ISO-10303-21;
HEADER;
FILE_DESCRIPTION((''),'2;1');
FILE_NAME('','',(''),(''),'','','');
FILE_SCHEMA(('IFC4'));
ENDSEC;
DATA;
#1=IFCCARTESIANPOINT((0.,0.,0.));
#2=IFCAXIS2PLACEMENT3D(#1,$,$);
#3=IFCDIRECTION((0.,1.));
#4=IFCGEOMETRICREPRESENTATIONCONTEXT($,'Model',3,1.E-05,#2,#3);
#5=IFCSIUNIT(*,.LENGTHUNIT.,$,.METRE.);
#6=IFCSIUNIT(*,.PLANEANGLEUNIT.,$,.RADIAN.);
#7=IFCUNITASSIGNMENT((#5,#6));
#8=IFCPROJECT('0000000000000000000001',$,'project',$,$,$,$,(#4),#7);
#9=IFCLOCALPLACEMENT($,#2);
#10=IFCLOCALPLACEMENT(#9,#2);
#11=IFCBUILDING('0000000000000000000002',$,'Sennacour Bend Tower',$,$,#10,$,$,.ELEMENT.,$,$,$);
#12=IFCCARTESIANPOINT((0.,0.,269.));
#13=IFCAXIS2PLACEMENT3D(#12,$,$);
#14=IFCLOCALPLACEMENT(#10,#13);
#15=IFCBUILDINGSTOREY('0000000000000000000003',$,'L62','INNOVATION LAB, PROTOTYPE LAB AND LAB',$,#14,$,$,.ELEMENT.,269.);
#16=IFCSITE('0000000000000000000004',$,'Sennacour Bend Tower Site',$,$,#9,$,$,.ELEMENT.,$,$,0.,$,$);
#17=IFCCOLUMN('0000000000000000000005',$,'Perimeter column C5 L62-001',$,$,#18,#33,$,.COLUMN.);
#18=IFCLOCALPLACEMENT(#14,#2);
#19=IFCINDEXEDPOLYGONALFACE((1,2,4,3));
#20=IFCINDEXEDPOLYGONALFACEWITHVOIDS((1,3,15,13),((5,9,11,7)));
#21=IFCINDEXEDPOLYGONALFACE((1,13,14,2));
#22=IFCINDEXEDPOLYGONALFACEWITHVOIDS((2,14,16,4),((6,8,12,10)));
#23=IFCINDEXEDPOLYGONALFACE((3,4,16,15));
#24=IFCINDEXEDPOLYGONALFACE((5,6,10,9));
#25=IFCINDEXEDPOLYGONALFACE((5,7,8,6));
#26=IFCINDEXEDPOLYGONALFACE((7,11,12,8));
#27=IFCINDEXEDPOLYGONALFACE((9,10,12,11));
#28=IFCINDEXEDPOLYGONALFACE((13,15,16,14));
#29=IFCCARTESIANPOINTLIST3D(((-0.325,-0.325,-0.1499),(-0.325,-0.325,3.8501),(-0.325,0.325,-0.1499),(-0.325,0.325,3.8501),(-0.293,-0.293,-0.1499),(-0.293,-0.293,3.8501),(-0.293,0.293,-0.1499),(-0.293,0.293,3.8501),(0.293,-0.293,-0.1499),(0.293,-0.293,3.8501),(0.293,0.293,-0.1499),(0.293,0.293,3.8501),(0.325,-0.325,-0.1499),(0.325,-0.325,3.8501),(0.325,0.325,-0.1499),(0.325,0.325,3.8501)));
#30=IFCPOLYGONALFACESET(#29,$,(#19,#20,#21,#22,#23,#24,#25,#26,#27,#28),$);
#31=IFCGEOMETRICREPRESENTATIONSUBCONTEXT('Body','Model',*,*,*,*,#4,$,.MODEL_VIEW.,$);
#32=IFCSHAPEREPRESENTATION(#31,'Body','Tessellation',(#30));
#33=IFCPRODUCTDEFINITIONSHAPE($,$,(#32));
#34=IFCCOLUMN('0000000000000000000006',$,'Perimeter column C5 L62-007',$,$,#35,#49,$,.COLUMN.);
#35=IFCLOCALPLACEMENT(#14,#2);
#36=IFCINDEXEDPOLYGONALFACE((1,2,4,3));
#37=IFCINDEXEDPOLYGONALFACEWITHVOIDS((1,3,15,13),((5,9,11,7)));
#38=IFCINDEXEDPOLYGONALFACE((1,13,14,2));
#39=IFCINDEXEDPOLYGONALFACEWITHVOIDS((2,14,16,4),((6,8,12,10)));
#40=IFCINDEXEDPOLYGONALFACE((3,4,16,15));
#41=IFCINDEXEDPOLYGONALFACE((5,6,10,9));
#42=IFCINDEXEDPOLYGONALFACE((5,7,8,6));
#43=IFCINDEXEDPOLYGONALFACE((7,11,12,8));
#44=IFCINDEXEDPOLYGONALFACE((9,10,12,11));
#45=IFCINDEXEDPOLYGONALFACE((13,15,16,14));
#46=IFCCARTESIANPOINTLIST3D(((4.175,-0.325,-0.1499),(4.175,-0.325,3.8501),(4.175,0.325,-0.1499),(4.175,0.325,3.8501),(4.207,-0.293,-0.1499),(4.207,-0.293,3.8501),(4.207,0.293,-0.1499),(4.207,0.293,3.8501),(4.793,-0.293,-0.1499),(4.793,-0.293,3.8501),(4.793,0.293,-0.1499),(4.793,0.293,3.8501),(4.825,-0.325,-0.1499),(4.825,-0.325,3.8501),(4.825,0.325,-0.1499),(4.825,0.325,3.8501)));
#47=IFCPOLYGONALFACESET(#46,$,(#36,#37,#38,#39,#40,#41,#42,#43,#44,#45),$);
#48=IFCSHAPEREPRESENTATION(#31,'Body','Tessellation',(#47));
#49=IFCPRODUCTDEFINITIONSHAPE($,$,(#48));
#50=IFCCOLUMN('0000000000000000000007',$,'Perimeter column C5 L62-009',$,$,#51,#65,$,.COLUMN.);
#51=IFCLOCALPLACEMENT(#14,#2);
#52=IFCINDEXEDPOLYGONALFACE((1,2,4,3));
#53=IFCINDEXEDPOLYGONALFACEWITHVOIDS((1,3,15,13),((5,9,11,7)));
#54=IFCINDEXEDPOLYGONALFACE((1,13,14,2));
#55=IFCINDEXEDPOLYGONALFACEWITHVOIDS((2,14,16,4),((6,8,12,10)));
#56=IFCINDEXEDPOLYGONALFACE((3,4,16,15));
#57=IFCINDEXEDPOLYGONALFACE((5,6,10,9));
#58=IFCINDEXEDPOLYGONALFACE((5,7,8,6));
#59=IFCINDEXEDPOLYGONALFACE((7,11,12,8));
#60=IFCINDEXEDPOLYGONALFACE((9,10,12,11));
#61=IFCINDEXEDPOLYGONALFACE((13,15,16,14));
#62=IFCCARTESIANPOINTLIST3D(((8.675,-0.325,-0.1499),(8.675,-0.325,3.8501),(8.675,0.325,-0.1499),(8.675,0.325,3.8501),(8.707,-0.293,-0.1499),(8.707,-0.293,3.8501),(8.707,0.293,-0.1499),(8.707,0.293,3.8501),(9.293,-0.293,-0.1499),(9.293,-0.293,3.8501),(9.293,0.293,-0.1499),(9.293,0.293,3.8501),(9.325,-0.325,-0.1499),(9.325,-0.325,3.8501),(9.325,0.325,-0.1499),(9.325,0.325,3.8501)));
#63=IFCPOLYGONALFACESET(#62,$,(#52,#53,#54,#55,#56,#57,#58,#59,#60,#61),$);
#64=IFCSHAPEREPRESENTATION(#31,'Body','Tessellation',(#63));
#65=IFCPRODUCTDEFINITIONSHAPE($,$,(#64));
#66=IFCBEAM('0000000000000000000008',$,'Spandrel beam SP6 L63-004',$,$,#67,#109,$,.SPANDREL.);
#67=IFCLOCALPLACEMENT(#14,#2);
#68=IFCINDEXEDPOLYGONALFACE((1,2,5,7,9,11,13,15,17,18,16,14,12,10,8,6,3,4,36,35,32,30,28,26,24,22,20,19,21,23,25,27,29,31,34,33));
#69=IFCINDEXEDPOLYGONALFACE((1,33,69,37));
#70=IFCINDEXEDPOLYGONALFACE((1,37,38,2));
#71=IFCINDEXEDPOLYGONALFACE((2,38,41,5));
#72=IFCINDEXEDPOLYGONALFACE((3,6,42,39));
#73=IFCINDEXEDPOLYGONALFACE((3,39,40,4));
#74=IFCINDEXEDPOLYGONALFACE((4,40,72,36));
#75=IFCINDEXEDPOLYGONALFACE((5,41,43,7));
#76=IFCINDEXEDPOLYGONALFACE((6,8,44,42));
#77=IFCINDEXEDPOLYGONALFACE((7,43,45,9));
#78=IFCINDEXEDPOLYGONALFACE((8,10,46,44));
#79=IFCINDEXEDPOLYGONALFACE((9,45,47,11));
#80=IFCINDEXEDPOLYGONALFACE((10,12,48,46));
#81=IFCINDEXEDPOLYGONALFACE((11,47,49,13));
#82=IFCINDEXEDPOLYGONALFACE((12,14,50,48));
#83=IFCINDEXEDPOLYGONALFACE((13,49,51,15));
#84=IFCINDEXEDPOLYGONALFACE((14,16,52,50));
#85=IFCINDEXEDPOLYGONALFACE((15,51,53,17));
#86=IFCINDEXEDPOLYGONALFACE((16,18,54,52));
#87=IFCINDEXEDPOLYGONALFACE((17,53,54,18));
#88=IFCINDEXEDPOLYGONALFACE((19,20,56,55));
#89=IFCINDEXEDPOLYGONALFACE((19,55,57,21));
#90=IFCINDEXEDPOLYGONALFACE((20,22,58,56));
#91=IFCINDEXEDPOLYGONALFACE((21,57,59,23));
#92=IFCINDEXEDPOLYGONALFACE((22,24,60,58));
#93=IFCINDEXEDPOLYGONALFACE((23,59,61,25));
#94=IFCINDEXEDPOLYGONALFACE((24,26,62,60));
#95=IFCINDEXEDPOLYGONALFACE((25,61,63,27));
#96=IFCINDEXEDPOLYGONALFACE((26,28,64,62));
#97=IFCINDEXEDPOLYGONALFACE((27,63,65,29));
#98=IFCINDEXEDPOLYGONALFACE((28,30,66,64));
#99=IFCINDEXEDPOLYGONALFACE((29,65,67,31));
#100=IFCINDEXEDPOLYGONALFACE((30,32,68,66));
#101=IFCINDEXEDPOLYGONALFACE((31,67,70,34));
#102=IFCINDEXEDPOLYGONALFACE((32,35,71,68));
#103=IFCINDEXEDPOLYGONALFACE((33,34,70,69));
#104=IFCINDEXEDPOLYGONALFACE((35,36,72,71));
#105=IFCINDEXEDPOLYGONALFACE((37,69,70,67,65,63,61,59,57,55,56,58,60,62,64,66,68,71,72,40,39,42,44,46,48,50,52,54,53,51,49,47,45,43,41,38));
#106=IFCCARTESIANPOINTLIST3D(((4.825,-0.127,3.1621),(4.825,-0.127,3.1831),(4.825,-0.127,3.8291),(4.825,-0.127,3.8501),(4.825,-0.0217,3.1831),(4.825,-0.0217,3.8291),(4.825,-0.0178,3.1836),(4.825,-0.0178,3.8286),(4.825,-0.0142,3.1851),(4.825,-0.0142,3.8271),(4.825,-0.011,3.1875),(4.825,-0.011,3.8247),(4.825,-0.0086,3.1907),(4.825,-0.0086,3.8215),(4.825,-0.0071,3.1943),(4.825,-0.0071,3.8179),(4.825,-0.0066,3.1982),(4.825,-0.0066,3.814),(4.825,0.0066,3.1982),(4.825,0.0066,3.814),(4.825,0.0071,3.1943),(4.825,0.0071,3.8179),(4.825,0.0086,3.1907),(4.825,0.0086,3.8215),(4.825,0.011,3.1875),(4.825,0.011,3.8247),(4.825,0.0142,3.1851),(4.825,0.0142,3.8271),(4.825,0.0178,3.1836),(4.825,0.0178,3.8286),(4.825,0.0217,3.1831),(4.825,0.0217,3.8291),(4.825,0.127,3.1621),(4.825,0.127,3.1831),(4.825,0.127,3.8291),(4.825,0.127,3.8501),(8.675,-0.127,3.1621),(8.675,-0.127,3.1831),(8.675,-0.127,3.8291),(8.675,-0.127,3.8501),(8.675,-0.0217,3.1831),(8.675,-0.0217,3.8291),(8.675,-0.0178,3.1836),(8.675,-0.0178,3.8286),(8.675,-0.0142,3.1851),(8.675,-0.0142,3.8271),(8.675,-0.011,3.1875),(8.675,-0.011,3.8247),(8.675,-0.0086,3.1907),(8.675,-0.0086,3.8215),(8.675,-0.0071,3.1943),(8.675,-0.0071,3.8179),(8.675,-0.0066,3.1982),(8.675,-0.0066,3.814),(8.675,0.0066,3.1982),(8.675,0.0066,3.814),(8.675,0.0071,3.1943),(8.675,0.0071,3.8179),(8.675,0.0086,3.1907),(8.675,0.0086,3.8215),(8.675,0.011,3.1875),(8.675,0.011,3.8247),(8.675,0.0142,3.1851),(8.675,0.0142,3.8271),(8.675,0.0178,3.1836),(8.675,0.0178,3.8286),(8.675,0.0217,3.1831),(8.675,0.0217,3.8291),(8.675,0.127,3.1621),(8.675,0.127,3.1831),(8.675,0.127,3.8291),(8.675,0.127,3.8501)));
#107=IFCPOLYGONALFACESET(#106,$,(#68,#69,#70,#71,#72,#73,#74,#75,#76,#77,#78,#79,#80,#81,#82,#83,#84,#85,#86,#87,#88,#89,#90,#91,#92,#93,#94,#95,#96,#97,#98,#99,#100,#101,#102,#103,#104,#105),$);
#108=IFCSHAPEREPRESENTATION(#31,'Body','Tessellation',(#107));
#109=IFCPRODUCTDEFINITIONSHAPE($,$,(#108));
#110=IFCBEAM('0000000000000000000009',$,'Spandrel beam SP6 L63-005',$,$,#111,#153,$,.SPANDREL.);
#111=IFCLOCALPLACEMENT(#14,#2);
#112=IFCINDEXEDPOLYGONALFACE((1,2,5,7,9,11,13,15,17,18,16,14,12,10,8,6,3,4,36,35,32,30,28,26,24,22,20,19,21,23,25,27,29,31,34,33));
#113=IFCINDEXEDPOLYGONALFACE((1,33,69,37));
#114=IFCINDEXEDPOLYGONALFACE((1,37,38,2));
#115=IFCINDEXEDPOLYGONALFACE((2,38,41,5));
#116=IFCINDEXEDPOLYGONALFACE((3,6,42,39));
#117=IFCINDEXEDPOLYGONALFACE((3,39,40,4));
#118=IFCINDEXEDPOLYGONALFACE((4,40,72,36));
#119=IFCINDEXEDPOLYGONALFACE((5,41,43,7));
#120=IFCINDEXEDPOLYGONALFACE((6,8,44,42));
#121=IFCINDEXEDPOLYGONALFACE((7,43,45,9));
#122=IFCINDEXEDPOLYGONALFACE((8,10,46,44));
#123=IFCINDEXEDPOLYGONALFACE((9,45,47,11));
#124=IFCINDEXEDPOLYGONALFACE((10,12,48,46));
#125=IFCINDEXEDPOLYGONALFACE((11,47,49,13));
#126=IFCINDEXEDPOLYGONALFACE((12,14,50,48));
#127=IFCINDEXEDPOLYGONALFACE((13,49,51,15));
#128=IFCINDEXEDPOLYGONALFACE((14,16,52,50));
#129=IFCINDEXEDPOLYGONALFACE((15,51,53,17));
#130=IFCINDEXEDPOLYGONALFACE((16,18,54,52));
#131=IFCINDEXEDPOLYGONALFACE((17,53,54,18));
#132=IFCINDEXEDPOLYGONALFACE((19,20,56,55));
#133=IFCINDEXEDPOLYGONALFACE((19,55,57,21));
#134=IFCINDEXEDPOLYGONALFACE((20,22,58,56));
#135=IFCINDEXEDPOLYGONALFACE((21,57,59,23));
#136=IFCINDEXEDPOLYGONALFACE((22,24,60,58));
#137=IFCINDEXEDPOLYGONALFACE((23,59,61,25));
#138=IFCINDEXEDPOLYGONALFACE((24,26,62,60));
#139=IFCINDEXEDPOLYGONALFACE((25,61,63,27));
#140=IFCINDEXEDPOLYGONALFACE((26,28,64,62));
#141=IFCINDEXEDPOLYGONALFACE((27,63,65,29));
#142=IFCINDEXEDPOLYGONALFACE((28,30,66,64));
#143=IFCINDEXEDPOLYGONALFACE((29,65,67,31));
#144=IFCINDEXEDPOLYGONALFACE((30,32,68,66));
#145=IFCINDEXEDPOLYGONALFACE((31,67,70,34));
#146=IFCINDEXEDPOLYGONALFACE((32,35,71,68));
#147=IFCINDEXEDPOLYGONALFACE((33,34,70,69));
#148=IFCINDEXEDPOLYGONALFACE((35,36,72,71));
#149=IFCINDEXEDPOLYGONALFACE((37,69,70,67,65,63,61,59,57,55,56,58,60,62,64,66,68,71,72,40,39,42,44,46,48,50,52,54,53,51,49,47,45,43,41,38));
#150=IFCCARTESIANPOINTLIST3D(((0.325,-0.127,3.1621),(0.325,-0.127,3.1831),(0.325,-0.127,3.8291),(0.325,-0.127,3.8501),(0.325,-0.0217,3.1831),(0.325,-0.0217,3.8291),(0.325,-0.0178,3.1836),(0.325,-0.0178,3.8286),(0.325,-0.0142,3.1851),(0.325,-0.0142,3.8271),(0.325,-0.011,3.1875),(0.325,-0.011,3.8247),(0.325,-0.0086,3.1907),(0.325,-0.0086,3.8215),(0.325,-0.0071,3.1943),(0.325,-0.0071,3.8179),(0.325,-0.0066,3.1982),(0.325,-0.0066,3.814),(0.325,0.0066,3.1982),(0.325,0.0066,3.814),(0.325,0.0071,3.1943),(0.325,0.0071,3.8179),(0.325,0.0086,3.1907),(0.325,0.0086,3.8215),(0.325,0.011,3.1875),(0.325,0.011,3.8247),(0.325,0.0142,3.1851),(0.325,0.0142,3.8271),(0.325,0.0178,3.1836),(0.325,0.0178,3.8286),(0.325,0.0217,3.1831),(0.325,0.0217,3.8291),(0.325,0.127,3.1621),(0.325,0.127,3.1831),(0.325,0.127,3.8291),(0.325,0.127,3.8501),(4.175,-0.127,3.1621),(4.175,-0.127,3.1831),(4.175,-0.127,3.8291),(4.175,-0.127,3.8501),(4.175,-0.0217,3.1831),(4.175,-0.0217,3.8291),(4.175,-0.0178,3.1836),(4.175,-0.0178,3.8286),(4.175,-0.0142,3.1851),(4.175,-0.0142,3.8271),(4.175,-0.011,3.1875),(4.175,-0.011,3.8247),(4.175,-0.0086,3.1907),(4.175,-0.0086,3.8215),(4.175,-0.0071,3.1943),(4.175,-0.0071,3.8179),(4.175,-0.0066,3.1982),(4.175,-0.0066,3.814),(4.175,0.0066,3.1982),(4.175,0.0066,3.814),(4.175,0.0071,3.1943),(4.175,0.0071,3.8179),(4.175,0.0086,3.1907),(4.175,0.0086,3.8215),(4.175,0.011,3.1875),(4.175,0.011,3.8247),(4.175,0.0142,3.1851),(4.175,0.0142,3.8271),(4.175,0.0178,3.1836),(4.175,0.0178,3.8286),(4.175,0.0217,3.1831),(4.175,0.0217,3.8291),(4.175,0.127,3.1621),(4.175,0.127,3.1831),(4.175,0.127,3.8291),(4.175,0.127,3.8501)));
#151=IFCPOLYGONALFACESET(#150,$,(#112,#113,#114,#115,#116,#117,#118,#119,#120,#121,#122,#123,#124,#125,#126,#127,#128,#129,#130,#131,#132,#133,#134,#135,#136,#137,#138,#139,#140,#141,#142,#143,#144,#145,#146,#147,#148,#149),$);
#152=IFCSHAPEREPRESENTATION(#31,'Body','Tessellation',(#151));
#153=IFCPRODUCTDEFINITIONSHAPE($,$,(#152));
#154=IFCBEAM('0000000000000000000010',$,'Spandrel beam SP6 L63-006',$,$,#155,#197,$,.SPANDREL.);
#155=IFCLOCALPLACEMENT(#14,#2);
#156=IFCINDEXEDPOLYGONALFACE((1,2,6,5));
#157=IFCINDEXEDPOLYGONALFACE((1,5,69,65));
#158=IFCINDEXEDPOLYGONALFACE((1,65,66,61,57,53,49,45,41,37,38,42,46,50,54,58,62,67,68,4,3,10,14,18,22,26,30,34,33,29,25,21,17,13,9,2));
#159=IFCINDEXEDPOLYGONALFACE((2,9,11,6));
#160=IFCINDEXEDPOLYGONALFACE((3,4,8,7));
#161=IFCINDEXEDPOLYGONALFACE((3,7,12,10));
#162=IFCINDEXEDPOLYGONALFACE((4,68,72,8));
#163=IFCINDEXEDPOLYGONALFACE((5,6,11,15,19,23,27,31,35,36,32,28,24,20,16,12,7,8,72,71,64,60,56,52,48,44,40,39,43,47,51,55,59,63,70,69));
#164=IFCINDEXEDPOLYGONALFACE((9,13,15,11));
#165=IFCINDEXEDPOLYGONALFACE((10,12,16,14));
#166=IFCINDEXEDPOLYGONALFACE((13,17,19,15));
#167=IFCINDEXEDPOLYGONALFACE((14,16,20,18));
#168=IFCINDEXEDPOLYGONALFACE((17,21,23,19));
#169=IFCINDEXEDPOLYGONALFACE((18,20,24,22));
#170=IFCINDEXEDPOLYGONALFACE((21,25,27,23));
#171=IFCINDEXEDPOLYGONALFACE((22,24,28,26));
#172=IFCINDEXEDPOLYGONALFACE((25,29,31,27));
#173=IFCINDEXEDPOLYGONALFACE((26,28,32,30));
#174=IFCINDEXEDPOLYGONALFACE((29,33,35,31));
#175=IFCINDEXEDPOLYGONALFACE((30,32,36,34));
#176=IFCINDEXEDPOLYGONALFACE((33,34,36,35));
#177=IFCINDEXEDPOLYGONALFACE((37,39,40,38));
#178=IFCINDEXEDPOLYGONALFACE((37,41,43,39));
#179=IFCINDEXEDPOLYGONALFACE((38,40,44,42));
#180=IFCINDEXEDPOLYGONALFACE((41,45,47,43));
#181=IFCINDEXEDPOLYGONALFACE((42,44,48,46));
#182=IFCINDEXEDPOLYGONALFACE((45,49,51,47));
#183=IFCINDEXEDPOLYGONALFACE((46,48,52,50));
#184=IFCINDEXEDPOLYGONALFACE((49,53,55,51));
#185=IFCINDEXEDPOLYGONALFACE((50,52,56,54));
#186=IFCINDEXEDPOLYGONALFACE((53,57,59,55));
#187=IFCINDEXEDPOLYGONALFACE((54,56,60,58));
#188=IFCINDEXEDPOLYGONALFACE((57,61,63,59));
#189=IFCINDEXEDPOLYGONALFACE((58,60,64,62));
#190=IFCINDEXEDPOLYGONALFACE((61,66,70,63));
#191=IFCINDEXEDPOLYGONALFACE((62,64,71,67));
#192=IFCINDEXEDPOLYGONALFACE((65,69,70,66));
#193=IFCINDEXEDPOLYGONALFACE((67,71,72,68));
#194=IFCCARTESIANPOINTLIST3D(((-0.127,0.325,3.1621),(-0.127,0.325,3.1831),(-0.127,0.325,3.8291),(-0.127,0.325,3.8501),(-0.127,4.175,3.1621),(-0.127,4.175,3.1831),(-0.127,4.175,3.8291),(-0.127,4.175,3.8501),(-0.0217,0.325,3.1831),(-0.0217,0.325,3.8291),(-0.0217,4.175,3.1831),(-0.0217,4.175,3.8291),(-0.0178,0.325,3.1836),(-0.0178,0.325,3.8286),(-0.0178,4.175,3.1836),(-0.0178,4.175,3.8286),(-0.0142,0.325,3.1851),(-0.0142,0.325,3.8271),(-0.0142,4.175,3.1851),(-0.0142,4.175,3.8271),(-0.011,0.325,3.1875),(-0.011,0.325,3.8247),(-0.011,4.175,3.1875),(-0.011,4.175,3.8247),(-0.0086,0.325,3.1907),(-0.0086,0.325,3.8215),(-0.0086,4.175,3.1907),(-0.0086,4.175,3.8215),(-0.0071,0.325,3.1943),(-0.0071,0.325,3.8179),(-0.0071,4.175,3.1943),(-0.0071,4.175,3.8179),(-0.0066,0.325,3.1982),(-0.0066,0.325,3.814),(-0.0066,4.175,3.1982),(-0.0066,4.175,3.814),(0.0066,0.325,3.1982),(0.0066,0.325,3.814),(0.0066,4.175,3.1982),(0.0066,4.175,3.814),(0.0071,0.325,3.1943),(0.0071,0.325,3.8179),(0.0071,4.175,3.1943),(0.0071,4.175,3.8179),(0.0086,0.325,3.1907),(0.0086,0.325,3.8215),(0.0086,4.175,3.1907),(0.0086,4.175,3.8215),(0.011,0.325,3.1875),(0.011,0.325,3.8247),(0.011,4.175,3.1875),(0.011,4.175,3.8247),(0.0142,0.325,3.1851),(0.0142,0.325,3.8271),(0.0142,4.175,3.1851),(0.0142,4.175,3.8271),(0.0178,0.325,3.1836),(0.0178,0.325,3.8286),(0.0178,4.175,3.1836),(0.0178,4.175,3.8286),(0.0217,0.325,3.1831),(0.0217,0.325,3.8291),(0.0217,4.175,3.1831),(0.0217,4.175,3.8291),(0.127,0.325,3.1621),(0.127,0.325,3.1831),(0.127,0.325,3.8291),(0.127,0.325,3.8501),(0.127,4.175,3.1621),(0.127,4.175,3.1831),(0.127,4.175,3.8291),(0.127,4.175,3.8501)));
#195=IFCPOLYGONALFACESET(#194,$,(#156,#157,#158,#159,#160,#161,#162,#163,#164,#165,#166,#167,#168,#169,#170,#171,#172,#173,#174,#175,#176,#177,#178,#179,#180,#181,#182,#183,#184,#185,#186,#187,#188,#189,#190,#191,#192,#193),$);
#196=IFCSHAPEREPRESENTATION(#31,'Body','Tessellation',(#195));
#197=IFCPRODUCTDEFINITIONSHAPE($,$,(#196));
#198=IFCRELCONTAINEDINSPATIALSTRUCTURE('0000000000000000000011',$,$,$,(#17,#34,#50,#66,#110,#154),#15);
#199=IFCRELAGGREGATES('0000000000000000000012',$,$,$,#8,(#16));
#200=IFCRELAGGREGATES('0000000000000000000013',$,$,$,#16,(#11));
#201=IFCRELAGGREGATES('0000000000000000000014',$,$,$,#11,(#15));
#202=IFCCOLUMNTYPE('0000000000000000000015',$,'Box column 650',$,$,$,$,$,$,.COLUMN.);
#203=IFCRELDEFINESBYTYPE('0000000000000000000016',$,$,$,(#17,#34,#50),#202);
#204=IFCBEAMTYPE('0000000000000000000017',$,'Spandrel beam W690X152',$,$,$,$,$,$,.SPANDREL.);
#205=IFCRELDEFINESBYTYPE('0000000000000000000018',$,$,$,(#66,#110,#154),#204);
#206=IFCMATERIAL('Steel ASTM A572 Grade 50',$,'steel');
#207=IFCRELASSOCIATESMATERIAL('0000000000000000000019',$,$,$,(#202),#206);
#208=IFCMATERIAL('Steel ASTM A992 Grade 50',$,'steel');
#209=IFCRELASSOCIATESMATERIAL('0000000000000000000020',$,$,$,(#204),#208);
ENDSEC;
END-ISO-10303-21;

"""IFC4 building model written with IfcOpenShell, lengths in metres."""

from ifc_helpers import new_model, si_unit, direction, frame, origin, origin_2d, place, context, subcontext, project, spatial, hollow_rectangle, i_section, extrude, material, material_profile, profile_set, type_object, element, save


model = new_model("IFC4")

# Units and contexts
model_context = context("Model", 3, precision=1e-05, world=origin(), true_north=direction((0.0, 1.0)))
body_context = subcontext(model_context, "Body", "Model", "MODEL_VIEW")
ifc_project = project(units=[si_unit("LENGTHUNIT", "METRE"), si_unit("PLANEANGLEUNIT", "RADIAN")], contexts=[model_context])

# Site, building, storey
site_placement = place(None, origin())
site = spatial("IfcSite", under=ifc_project, at=site_placement, Name="Sennacour Bend Tower Site", CompositionType="ELEMENT", RefElevation=0.0)
building_placement = place(site_placement, origin())
building = spatial("IfcBuilding", under=site, at=building_placement, Name="Sennacour Bend Tower", CompositionType="ELEMENT")
storey_placement = place(building_placement, frame((0.0, 0.0, 269.0)))
storey = spatial("IfcBuildingStorey", under=building, at=storey_placement, Name="L62", Description="INNOVATION LAB, PROTOTYPE LAB AND LAB", CompositionType="ELEMENT", Elevation=269.0)

# Columns
ifc_material_1 = material(Name="Steel ASTM A572 Grade 50", Category="steel")
ifc_material_profile_1 = material_profile(ifc_material_1, hollow_rectangle(XDim=0.6499, YDim=0.6499, WallThickness=0.032, at=origin_2d()), Name="Steel ASTM A572 Grade 50", Category="steel")
ifc_profile_set_1 = profile_set([ifc_material_profile_1], Name="Steel ASTM A572 Grade 50")
column_type = type_object("IfcColumnType", Name="Box column 650", PredefinedType="COLUMN", material=ifc_profile_set_1)
for number, where, z_axis, x_axis, name in (
    (1, (0.0, 0.0, -0.1499), (0.0, 0.0, 1.0), (1.0, 0.0, 0.0), "Perimeter column C5 L62-001"),
    (2, (4.5, 0.0, -0.1499), (0.0, 0.0, 1.0), (1.0, 0.0, 0.0), "Perimeter column C5 L62-007"),
    (3, (9.0, 0.0, -0.1499), (0.0, 0.0, 1.0), (1.0, 0.0, 0.0), "Perimeter column C5 L62-009"),
):
    element("IfcColumn", number, at=place(storey_placement, frame(where, z_axis=z_axis, x_axis=x_axis)), inside=storey, type_object=column_type, Name=name, PredefinedType="COLUMN", context=body_context, shape_type="SweptSolid", body=[
        extrude(hollow_rectangle(XDim=0.6499, YDim=0.6499, WallThickness=0.032, at=origin_2d()), origin(), (0.0, 0.0, 1.0), 4.0),
    ])

# Beams
ifc_material_2 = material(Name="Steel ASTM A992 Grade 50", Category="steel")
ifc_material_profile_2 = material_profile(ifc_material_2, i_section(OverallWidth=0.2539, OverallDepth=0.688, WebThickness=0.0132, FlangeThickness=0.021, FilletRadius=0.0151, at=origin_2d()), Name="Steel ASTM A992 Grade 50", Category="steel")
ifc_profile_set_2 = profile_set([ifc_material_profile_2], Name="Steel ASTM A992 Grade 50")
beam_type = type_object("IfcBeamType", Name="Spandrel beam W690X152", PredefinedType="SPANDREL", material=ifc_profile_set_2)
for number, where, z_axis, x_axis, name in (
    (4, (8.675, 0.0, 3.5061), (-1.0, 0.0, 0.0), (0.0, -1.0, 0.0), "Spandrel beam SP6 L63-004"),
    (5, (4.175, 0.0, 3.5061), (-1.0, 0.0, 0.0), (0.0, -1.0, 0.0), "Spandrel beam SP6 L63-005"),
    (6, (0.0, 0.325, 3.5061), (0.0, 1.0, 0.0), (-1.0, 0.0, 0.0), "Spandrel beam SP6 L63-006"),
):
    element("IfcBeam", number, at=place(storey_placement, frame(where, z_axis=z_axis, x_axis=x_axis)), inside=storey, type_object=beam_type, Name=name, PredefinedType="SPANDREL", context=body_context, shape_type="SweptSolid", body=[
        extrude(i_section(OverallWidth=0.2539, OverallDepth=0.688, WebThickness=0.0132, FlangeThickness=0.021, FilletRadius=0.0151, at=origin_2d()), origin(), (0.0, 0.0, 1.0), 3.8501),
    ])

save(model, "model.ifc")
